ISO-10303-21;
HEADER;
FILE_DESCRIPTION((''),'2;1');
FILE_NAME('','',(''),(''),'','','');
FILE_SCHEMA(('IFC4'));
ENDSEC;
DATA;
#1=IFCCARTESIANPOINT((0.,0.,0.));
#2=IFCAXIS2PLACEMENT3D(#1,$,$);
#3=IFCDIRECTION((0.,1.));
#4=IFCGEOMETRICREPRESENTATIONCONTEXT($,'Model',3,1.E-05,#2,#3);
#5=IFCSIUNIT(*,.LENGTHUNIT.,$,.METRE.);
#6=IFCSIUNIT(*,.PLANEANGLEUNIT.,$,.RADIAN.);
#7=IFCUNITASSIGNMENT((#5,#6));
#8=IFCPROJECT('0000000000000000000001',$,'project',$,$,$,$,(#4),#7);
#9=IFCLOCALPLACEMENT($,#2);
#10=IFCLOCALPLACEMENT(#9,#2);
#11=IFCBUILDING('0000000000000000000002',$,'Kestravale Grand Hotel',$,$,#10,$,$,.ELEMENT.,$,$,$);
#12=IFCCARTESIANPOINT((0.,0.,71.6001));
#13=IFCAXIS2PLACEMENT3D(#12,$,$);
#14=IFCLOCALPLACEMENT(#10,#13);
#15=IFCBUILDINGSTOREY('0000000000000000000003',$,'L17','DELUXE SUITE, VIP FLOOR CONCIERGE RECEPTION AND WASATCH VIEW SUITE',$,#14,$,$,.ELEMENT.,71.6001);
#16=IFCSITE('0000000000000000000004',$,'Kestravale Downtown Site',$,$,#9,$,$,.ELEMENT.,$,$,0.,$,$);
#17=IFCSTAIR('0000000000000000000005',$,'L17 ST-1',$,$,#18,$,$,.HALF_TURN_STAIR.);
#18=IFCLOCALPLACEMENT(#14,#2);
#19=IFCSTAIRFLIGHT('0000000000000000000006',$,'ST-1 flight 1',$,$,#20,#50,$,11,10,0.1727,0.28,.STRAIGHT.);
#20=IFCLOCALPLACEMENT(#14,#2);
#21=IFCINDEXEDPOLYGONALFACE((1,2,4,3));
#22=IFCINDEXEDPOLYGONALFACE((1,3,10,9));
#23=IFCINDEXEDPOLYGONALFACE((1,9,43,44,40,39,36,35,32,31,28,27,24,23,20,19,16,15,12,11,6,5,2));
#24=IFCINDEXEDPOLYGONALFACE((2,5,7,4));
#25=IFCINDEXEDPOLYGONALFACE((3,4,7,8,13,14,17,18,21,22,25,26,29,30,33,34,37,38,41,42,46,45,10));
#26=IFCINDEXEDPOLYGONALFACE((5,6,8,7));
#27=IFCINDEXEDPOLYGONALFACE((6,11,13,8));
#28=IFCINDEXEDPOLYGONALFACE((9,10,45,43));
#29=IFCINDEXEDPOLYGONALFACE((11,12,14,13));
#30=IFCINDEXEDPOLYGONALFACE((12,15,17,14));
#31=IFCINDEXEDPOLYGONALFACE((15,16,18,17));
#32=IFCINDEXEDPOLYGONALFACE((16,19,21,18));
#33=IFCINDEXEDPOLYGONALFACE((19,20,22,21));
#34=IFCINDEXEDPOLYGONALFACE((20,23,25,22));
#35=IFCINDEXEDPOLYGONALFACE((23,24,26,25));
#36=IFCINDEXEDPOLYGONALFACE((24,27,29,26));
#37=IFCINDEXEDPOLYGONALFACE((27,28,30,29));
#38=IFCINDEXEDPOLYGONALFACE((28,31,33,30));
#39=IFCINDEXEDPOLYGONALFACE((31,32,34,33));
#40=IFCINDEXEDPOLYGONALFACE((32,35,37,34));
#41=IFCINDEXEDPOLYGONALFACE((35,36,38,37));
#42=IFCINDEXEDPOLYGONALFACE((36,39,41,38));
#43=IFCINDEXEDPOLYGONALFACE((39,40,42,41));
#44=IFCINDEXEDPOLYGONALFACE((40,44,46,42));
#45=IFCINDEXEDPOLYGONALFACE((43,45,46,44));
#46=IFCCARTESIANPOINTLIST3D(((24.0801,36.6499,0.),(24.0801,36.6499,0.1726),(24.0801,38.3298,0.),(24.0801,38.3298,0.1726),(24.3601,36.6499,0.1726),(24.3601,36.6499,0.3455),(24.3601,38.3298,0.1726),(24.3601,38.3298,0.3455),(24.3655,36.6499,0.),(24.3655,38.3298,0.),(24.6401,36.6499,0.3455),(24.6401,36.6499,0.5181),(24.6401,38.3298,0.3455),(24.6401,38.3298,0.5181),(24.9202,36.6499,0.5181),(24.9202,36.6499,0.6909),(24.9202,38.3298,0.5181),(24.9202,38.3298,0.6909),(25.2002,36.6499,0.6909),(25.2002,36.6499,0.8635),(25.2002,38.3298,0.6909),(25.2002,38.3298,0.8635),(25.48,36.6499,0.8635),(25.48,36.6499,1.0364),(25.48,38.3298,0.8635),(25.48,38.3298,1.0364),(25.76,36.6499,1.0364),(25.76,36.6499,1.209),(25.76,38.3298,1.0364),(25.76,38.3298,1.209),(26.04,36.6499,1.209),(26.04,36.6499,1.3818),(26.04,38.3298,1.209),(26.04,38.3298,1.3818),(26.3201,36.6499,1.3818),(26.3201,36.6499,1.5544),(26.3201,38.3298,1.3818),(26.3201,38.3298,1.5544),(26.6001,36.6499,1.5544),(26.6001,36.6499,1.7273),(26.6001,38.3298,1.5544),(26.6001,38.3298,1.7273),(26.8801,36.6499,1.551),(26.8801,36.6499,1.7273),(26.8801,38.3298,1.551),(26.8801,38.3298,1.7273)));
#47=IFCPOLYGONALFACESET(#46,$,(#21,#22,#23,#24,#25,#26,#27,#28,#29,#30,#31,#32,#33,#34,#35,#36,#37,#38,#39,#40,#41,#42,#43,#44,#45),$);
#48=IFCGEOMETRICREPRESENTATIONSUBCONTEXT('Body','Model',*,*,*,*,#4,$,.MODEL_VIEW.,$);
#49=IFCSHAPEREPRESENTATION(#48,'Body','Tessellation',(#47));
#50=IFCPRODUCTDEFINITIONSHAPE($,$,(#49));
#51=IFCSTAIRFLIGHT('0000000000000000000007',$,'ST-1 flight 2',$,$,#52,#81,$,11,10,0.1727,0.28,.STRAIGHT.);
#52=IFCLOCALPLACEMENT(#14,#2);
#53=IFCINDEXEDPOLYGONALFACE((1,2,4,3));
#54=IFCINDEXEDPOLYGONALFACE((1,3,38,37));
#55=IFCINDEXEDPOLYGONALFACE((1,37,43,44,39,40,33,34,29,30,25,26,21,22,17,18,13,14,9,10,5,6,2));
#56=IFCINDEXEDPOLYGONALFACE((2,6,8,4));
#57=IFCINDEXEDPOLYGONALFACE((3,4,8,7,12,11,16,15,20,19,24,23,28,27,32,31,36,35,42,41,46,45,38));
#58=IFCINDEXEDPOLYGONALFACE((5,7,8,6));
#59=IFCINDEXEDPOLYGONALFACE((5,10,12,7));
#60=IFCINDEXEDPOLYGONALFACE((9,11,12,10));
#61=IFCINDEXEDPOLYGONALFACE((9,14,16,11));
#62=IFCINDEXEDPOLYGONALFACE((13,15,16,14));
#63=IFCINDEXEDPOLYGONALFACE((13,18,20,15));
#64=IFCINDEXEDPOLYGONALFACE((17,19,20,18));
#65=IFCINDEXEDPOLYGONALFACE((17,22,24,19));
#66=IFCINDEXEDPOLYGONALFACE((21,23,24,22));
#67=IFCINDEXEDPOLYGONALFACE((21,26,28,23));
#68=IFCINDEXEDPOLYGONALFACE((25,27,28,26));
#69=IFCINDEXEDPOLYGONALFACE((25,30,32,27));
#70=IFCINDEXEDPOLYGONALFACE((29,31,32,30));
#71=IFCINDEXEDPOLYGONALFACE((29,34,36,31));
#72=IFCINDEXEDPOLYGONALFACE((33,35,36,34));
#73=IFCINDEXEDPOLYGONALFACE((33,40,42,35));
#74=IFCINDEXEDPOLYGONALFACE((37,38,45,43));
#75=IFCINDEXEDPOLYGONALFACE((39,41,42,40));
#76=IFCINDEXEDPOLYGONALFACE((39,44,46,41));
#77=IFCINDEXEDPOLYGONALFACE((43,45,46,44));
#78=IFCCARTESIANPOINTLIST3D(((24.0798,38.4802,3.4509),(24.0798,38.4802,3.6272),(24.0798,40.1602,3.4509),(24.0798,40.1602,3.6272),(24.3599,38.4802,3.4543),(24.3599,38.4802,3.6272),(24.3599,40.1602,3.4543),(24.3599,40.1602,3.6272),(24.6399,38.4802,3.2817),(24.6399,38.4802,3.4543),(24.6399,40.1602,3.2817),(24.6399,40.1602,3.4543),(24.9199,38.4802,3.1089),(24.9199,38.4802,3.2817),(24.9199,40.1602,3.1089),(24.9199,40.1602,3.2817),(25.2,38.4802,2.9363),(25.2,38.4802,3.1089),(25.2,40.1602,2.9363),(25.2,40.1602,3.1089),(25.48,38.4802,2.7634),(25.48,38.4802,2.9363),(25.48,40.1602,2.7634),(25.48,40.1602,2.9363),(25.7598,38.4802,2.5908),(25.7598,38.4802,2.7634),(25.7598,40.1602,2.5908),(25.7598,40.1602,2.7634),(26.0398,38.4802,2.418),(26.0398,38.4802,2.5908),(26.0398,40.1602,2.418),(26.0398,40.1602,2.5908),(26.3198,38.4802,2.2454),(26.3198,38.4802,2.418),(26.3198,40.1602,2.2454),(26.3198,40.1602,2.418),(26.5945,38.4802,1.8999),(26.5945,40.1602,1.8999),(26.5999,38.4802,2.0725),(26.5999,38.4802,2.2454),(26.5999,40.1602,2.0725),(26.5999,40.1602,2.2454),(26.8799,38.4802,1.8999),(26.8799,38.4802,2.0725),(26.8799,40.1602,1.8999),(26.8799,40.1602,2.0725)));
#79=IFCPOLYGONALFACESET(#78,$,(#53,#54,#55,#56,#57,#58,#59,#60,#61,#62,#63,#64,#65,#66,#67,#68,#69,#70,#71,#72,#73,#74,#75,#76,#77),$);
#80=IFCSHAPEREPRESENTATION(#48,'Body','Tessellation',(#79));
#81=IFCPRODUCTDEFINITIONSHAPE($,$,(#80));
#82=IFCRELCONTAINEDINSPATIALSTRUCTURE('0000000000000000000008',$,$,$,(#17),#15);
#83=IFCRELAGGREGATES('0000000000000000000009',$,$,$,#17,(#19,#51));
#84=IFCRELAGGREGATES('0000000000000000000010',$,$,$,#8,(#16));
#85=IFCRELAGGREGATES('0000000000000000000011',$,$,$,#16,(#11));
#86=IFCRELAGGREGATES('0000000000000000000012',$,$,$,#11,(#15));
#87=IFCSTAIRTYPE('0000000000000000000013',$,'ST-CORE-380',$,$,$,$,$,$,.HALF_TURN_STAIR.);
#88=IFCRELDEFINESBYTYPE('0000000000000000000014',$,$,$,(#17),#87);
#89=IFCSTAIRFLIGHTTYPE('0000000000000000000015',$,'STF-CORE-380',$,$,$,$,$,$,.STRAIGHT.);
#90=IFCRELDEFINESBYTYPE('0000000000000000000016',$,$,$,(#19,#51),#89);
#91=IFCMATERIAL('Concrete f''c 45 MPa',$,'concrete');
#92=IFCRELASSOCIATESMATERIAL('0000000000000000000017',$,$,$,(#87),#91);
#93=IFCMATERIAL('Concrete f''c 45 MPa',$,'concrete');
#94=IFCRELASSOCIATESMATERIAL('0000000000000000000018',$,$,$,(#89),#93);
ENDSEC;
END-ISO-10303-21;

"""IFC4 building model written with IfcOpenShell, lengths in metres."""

from ifc_helpers import new_model, si_unit, direction, frame, origin, place, context, subcontext, project, spatial, polyline, outline, extrude, material, type_object, element, aggregate, save


model = new_model("IFC4")

# Units and contexts
model_context = context("Model", 3, precision=1e-05, world=origin(), true_north=direction((0.0, 1.0)))
body_context = subcontext(model_context, "Body", "Model", "MODEL_VIEW")
ifc_project = project(units=[si_unit("LENGTHUNIT", "METRE"), si_unit("PLANEANGLEUNIT", "RADIAN")], contexts=[model_context])

# Site, building, storey
site_placement = place(None, origin())
site = spatial("IfcSite", under=ifc_project, at=site_placement, Name="Kestravale Downtown Site", CompositionType="ELEMENT", RefElevation=0.0)
building_placement = place(site_placement, origin())
building = spatial("IfcBuilding", under=site, at=building_placement, Name="Kestravale Grand Hotel", CompositionType="ELEMENT")
storey_placement = place(building_placement, frame((0.0, 0.0, 71.6001)))
storey = spatial("IfcBuildingStorey", under=building, at=storey_placement, Name="L17", Description="DELUXE SUITE, VIP FLOOR CONCIERGE RECEPTION AND WASATCH VIEW SUITE", CompositionType="ELEMENT", Elevation=71.6001)

# Stair, stair flights
ifc_material_1 = material(Name="Concrete f'c 45 MPa", Category="concrete")
stair_type = type_object("IfcStairType", Name="ST-CORE-380", PredefinedType="HALF_TURN_STAIR", material=ifc_material_1)
stair_placement = place(storey_placement, origin())
stair = element("IfcStair", 1, at=stair_placement, inside=storey, type_object=stair_type, Name="L17 ST-1", PredefinedType="HALF_TURN_STAIR")
ifc_material_2 = material(Name="Concrete f'c 45 MPa", Category="concrete")
stair_flight_type = type_object("IfcStairFlightType", Name="STF-CORE-380", PredefinedType="STRAIGHT", material=ifc_material_2)
stair_flight_1_placement = place(storey_placement, frame((24.0801, 37.49, 0.0), z_axis=(0.0, 0.0, 1.0), x_axis=(1.0, 0.0, 0.0)))
stair_flight_1 = element("IfcStairFlight", 2, at=stair_flight_1_placement, type_object=stair_flight_type, Name="ST-1 flight 1", NumberOfRisers=11, NumberOfTreads=10, PredefinedType="STRAIGHT", RiserHeight=0.1727, TreadLength=0.28, context=body_context, shape_type="SweptSolid", body=[
    extrude(outline(polyline([(0.0, 0.0), (0.0, 0.1726), (0.28, 0.1726), (0.28, 0.3455), (0.5601, 0.3455), (0.5601, 0.5181), (0.8401, 0.5181), (0.8401, 0.6909), (1.1201, 0.6909), (1.1201, 0.8635), (1.3999, 0.8635), (1.3999, 1.0364), (1.6799, 1.0364), (1.6799, 1.209), (1.96, 1.209), (1.96, 1.3818), (2.24, 1.3818), (2.24, 1.5544), (2.52, 1.5544), (2.52, 1.7273), (2.8, 1.7273), (2.8, 1.8999), (2.8, 1.551), (0.2854, 0.0), (0.0, 0.0)])), frame((0.0, 0.8398, 0.0), z_axis=(0.0, -1.0, 0.0), x_axis=(1.0, 0.0, 0.0)), (0.0, 0.0, 1.0), 1.6799),
])
stair_flight_2_placement = place(storey_placement, frame((26.8799, 39.3201, 1.8999), z_axis=(0.0, 0.0, 1.0), x_axis=(-1.0, 0.0, 0.0)))
stair_flight_2 = element("IfcStairFlight", 3, at=stair_flight_2_placement, type_object=stair_flight_type, Name="ST-1 flight 2", NumberOfRisers=11, NumberOfTreads=10, PredefinedType="STRAIGHT", RiserHeight=0.1727, TreadLength=0.28, context=body_context, shape_type="SweptSolid", body=[
    extrude(outline(polyline([(0.0, 0.0), (0.0, 0.1726), (0.28, 0.1726), (0.28, 0.3455), (0.5601, 0.3455), (0.5601, 0.5181), (0.8401, 0.5181), (0.8401, 0.6909), (1.1201, 0.6909), (1.1201, 0.8635), (1.3999, 0.8635), (1.3999, 1.0364), (1.6799, 1.0364), (1.6799, 1.209), (1.96, 1.209), (1.96, 1.3818), (2.24, 1.3818), (2.24, 1.5544), (2.52, 1.5544), (2.52, 1.7273), (2.8, 1.7273), (2.8, 1.8999), (2.8, 1.551), (0.2854, 0.0), (0.0, 0.0)])), frame((0.0, 0.8398, 0.0), z_axis=(0.0, -1.0, 0.0), x_axis=(1.0, 0.0, 0.0)), (0.0, 0.0, 1.0), 1.6799),
])
aggregate(stair, [stair_flight_1, stair_flight_2])

save(model, "model.ifc")
